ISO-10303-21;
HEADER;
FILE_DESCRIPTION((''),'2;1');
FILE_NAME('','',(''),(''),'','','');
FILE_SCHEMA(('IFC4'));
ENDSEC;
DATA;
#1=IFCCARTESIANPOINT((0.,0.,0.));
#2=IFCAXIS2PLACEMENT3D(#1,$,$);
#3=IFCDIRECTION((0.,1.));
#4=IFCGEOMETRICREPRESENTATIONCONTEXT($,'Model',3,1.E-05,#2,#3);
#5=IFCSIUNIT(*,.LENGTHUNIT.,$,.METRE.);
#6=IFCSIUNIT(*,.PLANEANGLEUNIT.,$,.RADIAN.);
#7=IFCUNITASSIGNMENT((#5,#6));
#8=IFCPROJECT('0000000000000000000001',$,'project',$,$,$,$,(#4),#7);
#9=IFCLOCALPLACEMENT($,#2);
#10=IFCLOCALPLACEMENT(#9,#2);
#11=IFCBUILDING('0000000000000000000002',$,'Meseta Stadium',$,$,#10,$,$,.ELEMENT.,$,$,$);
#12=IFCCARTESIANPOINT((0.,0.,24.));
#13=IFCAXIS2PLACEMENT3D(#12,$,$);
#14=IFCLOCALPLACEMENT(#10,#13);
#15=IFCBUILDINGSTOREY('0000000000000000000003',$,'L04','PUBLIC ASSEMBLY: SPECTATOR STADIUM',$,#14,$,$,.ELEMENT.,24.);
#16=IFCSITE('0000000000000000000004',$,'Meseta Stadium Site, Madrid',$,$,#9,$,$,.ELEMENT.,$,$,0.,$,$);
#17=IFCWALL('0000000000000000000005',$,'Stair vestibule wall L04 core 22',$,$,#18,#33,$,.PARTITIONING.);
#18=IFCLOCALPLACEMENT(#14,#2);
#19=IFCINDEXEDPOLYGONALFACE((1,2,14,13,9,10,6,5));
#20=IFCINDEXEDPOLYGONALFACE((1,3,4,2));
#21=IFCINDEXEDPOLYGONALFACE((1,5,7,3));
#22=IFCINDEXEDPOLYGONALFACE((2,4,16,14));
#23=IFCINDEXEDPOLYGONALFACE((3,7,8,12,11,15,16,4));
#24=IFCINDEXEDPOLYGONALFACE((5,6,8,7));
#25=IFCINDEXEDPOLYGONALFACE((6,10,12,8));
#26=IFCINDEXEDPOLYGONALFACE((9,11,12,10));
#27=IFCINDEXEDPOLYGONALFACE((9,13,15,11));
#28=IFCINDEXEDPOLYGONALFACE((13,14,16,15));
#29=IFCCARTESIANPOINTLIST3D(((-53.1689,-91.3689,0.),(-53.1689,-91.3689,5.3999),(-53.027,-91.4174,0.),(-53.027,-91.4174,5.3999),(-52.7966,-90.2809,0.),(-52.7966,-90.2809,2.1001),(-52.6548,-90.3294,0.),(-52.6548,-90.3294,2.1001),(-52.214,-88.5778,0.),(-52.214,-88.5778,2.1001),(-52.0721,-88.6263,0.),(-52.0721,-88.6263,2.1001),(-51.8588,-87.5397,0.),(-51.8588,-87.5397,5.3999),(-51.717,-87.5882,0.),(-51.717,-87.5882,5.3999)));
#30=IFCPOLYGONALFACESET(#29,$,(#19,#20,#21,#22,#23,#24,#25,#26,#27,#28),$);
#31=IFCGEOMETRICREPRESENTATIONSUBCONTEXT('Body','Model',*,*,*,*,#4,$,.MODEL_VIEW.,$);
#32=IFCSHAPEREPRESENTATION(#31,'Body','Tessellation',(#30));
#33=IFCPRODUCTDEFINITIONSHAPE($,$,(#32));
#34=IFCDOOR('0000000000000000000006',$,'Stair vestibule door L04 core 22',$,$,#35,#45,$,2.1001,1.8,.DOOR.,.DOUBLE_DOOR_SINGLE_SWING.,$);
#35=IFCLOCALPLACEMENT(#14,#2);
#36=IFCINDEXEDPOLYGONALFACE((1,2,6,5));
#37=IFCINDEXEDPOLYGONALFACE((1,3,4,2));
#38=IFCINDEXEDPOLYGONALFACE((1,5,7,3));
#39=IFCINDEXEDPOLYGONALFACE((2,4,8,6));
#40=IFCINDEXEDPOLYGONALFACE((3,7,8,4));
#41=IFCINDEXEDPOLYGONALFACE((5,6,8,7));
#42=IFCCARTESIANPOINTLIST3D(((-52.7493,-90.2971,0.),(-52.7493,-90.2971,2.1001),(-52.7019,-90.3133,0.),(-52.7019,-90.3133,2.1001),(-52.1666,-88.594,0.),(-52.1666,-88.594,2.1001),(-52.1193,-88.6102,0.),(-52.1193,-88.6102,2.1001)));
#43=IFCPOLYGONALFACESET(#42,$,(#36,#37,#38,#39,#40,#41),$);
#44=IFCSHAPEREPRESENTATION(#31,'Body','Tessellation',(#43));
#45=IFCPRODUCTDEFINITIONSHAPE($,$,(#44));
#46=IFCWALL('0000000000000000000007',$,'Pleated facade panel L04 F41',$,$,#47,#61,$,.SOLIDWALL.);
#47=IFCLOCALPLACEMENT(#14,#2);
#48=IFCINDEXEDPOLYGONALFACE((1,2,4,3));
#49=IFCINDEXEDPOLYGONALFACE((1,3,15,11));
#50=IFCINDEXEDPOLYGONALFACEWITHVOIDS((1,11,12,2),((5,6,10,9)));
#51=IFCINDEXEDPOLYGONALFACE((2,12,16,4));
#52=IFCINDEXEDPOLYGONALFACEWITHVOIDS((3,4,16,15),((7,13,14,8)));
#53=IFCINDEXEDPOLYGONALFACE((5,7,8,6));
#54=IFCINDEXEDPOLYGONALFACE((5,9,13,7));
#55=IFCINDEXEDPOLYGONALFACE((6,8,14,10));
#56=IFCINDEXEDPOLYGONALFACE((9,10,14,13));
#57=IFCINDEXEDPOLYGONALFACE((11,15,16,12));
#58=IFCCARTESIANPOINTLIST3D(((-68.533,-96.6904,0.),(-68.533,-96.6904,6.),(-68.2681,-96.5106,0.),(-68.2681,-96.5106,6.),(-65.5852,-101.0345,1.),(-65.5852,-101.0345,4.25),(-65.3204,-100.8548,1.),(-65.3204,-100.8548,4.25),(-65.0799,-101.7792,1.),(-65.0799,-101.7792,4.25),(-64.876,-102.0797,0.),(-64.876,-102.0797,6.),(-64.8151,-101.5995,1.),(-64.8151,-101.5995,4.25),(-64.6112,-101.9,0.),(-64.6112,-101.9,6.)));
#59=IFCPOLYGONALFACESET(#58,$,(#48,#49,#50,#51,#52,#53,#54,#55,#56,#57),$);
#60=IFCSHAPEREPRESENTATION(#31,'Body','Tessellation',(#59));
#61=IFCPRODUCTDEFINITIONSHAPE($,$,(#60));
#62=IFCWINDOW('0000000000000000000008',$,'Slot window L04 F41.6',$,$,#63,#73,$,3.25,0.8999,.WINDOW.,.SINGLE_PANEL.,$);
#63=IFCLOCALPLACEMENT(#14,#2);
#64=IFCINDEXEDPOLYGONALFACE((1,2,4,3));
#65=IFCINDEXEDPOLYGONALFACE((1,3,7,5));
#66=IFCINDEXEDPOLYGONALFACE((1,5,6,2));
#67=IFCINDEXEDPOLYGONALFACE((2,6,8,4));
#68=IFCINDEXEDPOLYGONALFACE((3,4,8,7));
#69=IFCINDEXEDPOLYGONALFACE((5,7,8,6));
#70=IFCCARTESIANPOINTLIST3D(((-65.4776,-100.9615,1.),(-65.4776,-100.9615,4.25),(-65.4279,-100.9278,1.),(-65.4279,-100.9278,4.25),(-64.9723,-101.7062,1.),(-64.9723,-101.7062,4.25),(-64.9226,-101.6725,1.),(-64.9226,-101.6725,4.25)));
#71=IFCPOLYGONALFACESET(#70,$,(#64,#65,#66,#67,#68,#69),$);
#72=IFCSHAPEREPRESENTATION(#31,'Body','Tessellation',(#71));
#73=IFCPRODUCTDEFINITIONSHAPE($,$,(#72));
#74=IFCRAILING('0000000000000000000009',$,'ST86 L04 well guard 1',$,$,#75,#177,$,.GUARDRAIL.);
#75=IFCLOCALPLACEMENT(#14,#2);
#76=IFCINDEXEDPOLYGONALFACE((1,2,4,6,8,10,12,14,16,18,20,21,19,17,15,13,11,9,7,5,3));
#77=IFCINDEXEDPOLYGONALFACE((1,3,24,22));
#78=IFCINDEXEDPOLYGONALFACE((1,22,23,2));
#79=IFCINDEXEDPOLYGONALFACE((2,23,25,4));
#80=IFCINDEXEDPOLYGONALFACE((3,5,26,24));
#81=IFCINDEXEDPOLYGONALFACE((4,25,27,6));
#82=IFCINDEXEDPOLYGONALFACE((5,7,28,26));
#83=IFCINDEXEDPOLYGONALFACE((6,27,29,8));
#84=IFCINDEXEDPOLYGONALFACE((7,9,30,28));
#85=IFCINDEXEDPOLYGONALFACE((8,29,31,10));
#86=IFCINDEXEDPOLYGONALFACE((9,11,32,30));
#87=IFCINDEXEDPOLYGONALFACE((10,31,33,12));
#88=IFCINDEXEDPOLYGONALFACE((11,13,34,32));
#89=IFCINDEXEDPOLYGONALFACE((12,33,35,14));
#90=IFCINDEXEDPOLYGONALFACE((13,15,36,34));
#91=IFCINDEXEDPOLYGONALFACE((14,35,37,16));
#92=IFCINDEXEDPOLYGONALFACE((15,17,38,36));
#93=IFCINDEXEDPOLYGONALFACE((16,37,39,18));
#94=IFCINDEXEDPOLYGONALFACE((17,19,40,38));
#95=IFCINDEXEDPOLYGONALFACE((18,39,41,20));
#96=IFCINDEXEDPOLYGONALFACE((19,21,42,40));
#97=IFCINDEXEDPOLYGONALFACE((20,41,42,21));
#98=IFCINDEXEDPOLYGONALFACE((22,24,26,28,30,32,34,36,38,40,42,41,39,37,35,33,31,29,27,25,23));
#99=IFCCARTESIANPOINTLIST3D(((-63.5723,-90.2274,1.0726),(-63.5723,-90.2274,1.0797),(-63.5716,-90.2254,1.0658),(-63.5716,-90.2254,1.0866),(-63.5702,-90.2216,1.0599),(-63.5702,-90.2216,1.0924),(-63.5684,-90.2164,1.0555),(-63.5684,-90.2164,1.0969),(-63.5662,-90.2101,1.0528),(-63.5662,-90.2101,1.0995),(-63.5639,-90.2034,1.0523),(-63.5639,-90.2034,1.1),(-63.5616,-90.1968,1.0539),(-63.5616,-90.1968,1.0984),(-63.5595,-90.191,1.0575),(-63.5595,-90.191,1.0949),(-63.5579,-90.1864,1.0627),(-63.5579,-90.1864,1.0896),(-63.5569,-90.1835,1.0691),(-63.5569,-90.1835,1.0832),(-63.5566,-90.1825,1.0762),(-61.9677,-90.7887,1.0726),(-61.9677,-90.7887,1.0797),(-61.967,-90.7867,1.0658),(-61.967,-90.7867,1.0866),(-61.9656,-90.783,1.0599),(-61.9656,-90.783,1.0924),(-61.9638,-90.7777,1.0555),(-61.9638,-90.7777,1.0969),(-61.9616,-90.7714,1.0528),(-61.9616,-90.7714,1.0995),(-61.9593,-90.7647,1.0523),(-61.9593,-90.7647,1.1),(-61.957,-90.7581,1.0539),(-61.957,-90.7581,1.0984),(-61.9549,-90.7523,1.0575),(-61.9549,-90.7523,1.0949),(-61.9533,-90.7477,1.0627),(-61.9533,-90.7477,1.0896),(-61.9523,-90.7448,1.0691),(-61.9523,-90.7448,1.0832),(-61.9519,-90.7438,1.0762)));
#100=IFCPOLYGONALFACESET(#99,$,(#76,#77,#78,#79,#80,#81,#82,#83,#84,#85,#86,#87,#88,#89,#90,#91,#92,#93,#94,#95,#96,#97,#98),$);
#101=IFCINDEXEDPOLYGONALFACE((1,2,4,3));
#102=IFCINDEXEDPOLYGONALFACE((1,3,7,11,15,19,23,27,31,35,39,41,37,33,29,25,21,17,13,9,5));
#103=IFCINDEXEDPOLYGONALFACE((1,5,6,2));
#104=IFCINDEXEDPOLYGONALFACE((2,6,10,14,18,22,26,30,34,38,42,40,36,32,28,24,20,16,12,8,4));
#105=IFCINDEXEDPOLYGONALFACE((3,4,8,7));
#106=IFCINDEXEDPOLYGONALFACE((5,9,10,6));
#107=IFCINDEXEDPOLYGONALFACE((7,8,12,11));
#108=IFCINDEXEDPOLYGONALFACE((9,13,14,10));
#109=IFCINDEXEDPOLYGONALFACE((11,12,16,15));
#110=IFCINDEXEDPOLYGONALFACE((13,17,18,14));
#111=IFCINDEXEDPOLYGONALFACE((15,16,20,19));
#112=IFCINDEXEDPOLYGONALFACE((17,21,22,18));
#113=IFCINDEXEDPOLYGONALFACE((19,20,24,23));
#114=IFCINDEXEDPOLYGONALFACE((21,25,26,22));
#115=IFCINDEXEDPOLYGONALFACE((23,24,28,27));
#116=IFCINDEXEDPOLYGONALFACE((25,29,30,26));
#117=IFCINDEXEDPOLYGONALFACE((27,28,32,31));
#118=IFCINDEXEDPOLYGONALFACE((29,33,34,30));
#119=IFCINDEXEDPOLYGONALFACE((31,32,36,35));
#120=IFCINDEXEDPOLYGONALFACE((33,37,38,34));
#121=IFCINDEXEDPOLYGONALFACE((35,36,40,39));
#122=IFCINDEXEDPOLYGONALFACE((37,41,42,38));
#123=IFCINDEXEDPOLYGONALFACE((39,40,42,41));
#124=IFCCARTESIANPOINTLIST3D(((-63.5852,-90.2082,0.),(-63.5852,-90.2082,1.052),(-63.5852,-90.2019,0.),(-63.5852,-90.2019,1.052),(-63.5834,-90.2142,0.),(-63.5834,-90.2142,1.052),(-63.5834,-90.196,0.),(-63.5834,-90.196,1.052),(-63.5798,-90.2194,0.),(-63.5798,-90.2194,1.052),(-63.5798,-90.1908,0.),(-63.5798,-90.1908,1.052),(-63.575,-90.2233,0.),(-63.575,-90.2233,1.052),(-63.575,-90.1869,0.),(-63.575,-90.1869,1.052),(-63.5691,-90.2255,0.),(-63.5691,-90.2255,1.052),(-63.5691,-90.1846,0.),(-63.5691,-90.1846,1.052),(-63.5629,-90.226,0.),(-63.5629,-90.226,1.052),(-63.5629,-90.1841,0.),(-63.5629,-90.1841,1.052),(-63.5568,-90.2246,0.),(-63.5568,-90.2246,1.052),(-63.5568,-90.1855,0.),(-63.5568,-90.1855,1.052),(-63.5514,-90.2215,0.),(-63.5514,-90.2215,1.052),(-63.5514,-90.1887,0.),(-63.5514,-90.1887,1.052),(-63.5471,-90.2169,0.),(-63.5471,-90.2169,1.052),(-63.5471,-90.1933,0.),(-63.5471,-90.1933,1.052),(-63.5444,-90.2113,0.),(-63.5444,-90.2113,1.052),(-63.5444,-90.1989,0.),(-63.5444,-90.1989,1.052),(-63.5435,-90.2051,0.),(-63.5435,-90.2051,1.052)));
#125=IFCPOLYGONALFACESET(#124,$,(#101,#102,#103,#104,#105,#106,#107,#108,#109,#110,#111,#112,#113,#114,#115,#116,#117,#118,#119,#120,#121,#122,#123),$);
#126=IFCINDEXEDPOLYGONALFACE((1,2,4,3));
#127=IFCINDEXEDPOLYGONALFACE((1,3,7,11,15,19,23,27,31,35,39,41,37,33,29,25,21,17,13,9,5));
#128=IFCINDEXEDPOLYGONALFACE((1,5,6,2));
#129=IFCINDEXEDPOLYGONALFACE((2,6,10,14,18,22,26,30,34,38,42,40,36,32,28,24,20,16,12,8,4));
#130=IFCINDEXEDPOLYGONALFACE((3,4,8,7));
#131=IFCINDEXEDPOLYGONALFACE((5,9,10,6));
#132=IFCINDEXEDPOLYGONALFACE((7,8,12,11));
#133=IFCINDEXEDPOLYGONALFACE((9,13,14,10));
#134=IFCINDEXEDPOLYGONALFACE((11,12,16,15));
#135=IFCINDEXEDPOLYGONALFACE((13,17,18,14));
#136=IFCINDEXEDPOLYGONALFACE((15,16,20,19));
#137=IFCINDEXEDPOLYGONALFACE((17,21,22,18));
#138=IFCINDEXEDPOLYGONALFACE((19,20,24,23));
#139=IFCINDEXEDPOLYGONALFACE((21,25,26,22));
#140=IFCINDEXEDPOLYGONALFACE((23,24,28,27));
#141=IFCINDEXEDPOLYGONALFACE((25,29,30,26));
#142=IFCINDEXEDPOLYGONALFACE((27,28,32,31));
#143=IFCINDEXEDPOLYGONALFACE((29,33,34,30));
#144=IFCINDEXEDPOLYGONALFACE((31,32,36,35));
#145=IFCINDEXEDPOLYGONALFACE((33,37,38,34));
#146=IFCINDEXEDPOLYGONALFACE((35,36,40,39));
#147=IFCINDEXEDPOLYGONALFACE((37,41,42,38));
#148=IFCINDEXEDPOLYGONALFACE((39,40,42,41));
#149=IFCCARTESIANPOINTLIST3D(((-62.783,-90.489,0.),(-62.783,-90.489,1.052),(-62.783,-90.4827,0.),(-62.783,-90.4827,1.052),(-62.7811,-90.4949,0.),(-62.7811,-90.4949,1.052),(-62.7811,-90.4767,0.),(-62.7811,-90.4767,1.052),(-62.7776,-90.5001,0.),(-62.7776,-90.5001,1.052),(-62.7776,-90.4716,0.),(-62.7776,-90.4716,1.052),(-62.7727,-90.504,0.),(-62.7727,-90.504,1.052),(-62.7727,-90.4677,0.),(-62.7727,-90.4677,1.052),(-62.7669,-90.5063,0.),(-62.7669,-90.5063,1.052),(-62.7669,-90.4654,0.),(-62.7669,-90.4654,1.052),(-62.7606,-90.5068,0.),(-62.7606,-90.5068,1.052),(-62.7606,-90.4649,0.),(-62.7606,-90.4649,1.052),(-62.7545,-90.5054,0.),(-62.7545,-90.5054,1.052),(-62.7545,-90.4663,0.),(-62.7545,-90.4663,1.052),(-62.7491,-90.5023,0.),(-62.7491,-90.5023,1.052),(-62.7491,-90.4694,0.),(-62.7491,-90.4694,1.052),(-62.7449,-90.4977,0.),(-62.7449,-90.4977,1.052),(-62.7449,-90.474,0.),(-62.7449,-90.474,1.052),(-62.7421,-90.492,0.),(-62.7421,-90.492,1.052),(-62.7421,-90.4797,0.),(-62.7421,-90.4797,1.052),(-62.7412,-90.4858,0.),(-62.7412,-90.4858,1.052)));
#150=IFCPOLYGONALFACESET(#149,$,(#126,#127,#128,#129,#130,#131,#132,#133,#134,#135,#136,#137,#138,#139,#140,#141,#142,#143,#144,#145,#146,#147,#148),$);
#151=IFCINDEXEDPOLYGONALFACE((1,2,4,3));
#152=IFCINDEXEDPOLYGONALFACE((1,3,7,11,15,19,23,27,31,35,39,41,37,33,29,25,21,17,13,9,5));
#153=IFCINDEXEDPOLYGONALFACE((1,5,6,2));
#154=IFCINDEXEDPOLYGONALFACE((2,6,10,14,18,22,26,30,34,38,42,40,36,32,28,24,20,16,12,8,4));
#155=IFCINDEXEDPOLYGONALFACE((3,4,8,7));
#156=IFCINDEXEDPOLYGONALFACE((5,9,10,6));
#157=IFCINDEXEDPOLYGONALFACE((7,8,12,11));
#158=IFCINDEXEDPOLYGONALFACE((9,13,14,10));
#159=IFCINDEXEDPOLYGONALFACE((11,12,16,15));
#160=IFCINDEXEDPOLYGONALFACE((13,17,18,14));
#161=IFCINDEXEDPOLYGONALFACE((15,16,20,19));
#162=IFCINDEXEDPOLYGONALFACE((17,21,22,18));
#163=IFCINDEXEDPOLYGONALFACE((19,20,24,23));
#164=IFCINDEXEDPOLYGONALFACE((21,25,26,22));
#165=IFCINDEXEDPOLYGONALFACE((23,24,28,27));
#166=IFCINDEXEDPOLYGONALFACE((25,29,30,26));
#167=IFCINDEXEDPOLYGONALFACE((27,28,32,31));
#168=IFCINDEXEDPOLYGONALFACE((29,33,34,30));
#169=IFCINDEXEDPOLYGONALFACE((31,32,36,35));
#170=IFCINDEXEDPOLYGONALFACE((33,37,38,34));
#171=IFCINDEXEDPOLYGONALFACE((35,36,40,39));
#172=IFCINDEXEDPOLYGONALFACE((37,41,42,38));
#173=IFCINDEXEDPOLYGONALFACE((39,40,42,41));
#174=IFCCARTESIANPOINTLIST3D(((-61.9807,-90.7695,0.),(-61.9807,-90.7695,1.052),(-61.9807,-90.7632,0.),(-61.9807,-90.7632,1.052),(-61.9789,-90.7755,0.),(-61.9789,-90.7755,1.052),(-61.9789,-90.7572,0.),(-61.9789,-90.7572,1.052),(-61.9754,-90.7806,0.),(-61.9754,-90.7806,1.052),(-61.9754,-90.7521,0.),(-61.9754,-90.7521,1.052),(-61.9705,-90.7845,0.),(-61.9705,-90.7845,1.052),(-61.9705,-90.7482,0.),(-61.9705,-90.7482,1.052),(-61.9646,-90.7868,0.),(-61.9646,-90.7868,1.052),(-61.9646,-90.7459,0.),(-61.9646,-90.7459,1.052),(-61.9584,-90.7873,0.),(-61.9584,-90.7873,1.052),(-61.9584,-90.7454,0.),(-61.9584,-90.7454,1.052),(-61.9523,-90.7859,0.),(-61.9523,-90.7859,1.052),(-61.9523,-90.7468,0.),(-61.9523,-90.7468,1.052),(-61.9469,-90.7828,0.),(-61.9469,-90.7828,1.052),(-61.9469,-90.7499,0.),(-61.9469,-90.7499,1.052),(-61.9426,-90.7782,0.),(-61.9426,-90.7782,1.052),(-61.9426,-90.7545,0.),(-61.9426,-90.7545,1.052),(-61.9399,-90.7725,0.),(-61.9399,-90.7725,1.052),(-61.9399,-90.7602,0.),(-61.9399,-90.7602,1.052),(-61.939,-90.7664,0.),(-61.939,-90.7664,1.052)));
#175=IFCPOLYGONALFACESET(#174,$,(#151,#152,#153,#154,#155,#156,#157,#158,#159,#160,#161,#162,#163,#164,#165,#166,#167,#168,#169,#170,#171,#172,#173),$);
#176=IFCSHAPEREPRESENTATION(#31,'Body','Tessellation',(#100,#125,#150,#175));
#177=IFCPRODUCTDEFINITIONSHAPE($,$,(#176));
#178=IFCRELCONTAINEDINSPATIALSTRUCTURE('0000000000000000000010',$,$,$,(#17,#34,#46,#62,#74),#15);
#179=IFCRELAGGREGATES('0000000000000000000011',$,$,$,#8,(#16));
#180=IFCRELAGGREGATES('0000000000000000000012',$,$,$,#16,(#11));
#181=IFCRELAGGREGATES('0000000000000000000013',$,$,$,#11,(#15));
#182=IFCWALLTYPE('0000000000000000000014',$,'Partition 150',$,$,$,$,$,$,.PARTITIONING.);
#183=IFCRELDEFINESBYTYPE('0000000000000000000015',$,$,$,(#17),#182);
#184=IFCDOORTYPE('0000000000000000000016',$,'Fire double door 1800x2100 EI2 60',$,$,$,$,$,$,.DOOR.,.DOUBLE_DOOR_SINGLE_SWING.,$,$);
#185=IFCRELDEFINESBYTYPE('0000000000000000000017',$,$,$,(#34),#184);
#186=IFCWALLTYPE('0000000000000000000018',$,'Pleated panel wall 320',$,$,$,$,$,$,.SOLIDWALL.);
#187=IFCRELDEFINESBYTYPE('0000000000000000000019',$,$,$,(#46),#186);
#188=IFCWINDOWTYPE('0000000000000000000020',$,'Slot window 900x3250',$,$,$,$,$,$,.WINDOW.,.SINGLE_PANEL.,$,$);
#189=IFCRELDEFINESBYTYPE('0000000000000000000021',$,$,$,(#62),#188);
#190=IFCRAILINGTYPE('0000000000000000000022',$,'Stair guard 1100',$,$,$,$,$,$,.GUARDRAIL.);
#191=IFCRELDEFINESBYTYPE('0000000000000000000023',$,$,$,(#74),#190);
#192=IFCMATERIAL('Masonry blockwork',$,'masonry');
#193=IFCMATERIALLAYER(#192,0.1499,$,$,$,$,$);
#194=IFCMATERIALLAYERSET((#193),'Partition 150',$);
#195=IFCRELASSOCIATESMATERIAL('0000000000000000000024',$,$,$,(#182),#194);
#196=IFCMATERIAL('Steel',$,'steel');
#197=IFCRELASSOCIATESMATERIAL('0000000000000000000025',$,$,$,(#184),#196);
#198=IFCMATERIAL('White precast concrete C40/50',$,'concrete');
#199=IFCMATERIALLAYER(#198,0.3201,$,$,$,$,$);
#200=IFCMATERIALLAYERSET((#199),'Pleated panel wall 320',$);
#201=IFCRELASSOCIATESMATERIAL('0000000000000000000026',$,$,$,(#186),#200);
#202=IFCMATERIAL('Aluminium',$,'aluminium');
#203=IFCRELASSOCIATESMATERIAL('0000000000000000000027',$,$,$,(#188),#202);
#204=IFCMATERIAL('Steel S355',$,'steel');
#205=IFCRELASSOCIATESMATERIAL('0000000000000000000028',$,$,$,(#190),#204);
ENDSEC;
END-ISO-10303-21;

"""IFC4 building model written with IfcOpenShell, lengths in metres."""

from ifc_helpers import new_model, si_unit, direction, frame, frame_2d, origin, origin_2d, place, context, subcontext, project, spatial, rectangle, circle, extrude, material, layer, layer_set, type_object, element, fill, save


model = new_model("IFC4")

# Units and contexts
model_context = context("Model", 3, precision=1e-05, world=origin(), true_north=direction((0.0, 1.0)))
body_context = subcontext(model_context, "Body", "Model", "MODEL_VIEW")
ifc_project = project(units=[si_unit("LENGTHUNIT", "METRE"), si_unit("PLANEANGLEUNIT", "RADIAN")], contexts=[model_context])

# Site, building, storey
site_placement = place(None, origin())
site = spatial("IfcSite", under=ifc_project, at=site_placement, Name="Meseta Stadium Site, Madrid", CompositionType="ELEMENT", RefElevation=0.0)
building_placement = place(site_placement, origin())
building = spatial("IfcBuilding", under=site, at=building_placement, Name="Meseta Stadium", CompositionType="ELEMENT")
storey_placement = place(building_placement, frame((0.0, 0.0, 24.0)))
storey = spatial("IfcBuildingStorey", under=building, at=storey_placement, Name="L04", Description="PUBLIC ASSEMBLY: SPECTATOR STADIUM", CompositionType="ELEMENT", Elevation=24.0)

# Shared definitions
ifc_material_1 = material(Name="Masonry blockwork", Category="masonry")
ifc_layer_1 = layer(ifc_material_1, 0.1499)
ifc_layer_set_1 = layer_set([ifc_layer_1], Name="Partition 150")
wall_type_1 = type_object("IfcWallType", Name="Partition 150", PredefinedType="PARTITIONING", material=ifc_layer_set_1)

# Wall, opening, door
wall_1_placement = place(storey_placement, frame((-53.0979, -91.3931, 0.0), z_axis=(0.0, 0.0, 1.0), x_axis=(0.323692, 0.946163, 0.0)))
wall_1 = element("IfcWall", 1, at=wall_1_placement, inside=storey, type_object=wall_type_1, Name="Stair vestibule wall L04 core 22", PredefinedType="PARTITIONING", context=body_context, shape_type="SweptSolid", body=[
    extrude(rectangle(XDim=4.0471, YDim=0.1499, at=frame_2d((2.0234, 0.0))), origin(), (0.0, 0.0, 1.0), 5.3999),
])
opening_1_placement = place(wall_1_placement, frame((1.1499, 0.0, 0.0)))
opening_1 = element("IfcOpeningElement", 2, at=opening_1_placement, cuts=wall_1, PredefinedType="OPENING", context=body_context, shape_type="SweptSolid", body=[
    extrude(rectangle(XDim=1.8, YDim=2.1001, at=frame_2d((0.8999, 1.05))), frame((0.0, 0.085, 0.0), z_axis=(0.0, -1.0, 0.0), x_axis=(1.0, 0.0, 0.0)), (0.0, 0.0, 1.0), 0.1699),
])
ifc_material_2 = material(Name="Steel", Category="steel")
door_type_1 = type_object("IfcDoorType", Name="Fire double door 1800x2100 EI2 60", OperationType="DOUBLE_DOOR_SINGLE_SWING", PredefinedType="DOOR", material=ifc_material_2)
door_1_placement = place(opening_1_placement, origin())
door_1 = element("IfcDoor", 3, at=door_1_placement, inside=storey, type_object=door_type_1, Name="Stair vestibule door L04 core 22", OperationType="DOUBLE_DOOR_SINGLE_SWING", OverallHeight=2.1001, OverallWidth=1.8, PredefinedType="DOOR", context=body_context, shape_type="SweptSolid", body=[
    extrude(rectangle(XDim=1.8, YDim=2.1001, at=frame_2d((0.8999, 1.05))), frame((0.0, 0.0249, 0.0), z_axis=(0.0, -1.0, 0.0), x_axis=(1.0, 0.0, 0.0)), (0.0, 0.0, 1.0), 0.05),
])
fill(opening_1, door_1)

# Wall, opening, window
ifc_material_3 = material(Name="White precast concrete C40/50", Category="concrete")
ifc_layer_2 = layer(ifc_material_3, 0.3201)
ifc_layer_set_2 = layer_set([ifc_layer_2], Name="Pleated panel wall 320")
wall_type_2 = type_object("IfcWallType", Name="Pleated panel wall 320", PredefinedType="SOLIDWALL", material=ifc_layer_set_2)
wall_2_placement = place(storey_placement, frame((-64.7437, -101.9897, 0.0), z_axis=(0.0, 0.0, 1.0), x_axis=(-0.56149, 0.827484, 0.0)))
wall_2 = element("IfcWall", 4, at=wall_2_placement, inside=storey, type_object=wall_type_2, Name="Pleated facade panel L04 F41", PredefinedType="SOLIDWALL", context=body_context, shape_type="SweptSolid", body=[
    extrude(rectangle(XDim=6.5129, YDim=0.3201, at=frame_2d((3.2563, 0.0))), origin(), (0.0, 0.0, 1.0), 6.0),
])
opening_2_placement = place(wall_2_placement, frame((0.363, 0.0, 1.0)))
opening_2 = element("IfcOpeningElement", 5, at=opening_2_placement, cuts=wall_2, PredefinedType="OPENING", context=body_context, shape_type="SweptSolid", body=[
    extrude(rectangle(XDim=0.8999, YDim=3.25, at=frame_2d((0.45, 1.625))), frame((0.0, 0.1699, 0.0), z_axis=(0.0, -1.0, 0.0), x_axis=(1.0, 0.0, 0.0)), (0.0, 0.0, 1.0), 0.3401),
])
ifc_material_4 = material(Name="Aluminium", Category="aluminium")
window_type = type_object("IfcWindowType", Name="Slot window 900x3250", PartitioningType="SINGLE_PANEL", PredefinedType="WINDOW", material=ifc_material_4)
window_placement = place(opening_2_placement, origin())
window = element("IfcWindow", 6, at=window_placement, inside=storey, type_object=window_type, Name="Slot window L04 F41.6", OverallHeight=3.25, OverallWidth=0.8999, PartitioningType="SINGLE_PANEL", PredefinedType="WINDOW", context=body_context, shape_type="SweptSolid", body=[
    extrude(rectangle(XDim=0.8999, YDim=3.25, at=frame_2d((0.45, 1.625))), frame((0.0, 0.03, 0.0), z_axis=(0.0, -1.0, 0.0), x_axis=(1.0, 0.0, 0.0)), (0.0, 0.0, 1.0), 0.0601),
])
fill(opening_2, window)

# Railing
ifc_material_5 = material(Name="Steel S355", Category="steel")
railing_type = type_object("IfcRailingType", Name="Stair guard 1100", PredefinedType="GUARDRAIL", material=ifc_material_5)
railing_placement = place(storey_placement, frame((-63.5645, -90.2051, 0.0)))
element("IfcRailing", 7, at=railing_placement, inside=storey, type_object=railing_type, Name="ST86 L04 well guard 1", PredefinedType="GUARDRAIL", context=body_context, shape_type="SweptSolid", body=[
    extrude(circle(Radius=0.0239, at=origin_2d()), frame((0.0, 0.0, 1.0762), z_axis=(0.943912, -0.330197, 0.0), x_axis=(0.330197, 0.943912, 0.0)), (0.0, 0.0, 1.0), 1.7),
    extrude(circle(Radius=0.021, at=origin_2d()), origin(), (0.0, 0.0, 1.0), 1.052),
    extrude(circle(Radius=0.021, at=origin_2d()), frame((0.8022, -0.2808, 0.0)), (0.0, 0.0, 1.0), 1.052),
    extrude(circle(Radius=0.021, at=origin_2d()), frame((1.6045, -0.5613, 0.0)), (0.0, 0.0, 1.0), 1.052),
])

save(model, "model.ifc")
